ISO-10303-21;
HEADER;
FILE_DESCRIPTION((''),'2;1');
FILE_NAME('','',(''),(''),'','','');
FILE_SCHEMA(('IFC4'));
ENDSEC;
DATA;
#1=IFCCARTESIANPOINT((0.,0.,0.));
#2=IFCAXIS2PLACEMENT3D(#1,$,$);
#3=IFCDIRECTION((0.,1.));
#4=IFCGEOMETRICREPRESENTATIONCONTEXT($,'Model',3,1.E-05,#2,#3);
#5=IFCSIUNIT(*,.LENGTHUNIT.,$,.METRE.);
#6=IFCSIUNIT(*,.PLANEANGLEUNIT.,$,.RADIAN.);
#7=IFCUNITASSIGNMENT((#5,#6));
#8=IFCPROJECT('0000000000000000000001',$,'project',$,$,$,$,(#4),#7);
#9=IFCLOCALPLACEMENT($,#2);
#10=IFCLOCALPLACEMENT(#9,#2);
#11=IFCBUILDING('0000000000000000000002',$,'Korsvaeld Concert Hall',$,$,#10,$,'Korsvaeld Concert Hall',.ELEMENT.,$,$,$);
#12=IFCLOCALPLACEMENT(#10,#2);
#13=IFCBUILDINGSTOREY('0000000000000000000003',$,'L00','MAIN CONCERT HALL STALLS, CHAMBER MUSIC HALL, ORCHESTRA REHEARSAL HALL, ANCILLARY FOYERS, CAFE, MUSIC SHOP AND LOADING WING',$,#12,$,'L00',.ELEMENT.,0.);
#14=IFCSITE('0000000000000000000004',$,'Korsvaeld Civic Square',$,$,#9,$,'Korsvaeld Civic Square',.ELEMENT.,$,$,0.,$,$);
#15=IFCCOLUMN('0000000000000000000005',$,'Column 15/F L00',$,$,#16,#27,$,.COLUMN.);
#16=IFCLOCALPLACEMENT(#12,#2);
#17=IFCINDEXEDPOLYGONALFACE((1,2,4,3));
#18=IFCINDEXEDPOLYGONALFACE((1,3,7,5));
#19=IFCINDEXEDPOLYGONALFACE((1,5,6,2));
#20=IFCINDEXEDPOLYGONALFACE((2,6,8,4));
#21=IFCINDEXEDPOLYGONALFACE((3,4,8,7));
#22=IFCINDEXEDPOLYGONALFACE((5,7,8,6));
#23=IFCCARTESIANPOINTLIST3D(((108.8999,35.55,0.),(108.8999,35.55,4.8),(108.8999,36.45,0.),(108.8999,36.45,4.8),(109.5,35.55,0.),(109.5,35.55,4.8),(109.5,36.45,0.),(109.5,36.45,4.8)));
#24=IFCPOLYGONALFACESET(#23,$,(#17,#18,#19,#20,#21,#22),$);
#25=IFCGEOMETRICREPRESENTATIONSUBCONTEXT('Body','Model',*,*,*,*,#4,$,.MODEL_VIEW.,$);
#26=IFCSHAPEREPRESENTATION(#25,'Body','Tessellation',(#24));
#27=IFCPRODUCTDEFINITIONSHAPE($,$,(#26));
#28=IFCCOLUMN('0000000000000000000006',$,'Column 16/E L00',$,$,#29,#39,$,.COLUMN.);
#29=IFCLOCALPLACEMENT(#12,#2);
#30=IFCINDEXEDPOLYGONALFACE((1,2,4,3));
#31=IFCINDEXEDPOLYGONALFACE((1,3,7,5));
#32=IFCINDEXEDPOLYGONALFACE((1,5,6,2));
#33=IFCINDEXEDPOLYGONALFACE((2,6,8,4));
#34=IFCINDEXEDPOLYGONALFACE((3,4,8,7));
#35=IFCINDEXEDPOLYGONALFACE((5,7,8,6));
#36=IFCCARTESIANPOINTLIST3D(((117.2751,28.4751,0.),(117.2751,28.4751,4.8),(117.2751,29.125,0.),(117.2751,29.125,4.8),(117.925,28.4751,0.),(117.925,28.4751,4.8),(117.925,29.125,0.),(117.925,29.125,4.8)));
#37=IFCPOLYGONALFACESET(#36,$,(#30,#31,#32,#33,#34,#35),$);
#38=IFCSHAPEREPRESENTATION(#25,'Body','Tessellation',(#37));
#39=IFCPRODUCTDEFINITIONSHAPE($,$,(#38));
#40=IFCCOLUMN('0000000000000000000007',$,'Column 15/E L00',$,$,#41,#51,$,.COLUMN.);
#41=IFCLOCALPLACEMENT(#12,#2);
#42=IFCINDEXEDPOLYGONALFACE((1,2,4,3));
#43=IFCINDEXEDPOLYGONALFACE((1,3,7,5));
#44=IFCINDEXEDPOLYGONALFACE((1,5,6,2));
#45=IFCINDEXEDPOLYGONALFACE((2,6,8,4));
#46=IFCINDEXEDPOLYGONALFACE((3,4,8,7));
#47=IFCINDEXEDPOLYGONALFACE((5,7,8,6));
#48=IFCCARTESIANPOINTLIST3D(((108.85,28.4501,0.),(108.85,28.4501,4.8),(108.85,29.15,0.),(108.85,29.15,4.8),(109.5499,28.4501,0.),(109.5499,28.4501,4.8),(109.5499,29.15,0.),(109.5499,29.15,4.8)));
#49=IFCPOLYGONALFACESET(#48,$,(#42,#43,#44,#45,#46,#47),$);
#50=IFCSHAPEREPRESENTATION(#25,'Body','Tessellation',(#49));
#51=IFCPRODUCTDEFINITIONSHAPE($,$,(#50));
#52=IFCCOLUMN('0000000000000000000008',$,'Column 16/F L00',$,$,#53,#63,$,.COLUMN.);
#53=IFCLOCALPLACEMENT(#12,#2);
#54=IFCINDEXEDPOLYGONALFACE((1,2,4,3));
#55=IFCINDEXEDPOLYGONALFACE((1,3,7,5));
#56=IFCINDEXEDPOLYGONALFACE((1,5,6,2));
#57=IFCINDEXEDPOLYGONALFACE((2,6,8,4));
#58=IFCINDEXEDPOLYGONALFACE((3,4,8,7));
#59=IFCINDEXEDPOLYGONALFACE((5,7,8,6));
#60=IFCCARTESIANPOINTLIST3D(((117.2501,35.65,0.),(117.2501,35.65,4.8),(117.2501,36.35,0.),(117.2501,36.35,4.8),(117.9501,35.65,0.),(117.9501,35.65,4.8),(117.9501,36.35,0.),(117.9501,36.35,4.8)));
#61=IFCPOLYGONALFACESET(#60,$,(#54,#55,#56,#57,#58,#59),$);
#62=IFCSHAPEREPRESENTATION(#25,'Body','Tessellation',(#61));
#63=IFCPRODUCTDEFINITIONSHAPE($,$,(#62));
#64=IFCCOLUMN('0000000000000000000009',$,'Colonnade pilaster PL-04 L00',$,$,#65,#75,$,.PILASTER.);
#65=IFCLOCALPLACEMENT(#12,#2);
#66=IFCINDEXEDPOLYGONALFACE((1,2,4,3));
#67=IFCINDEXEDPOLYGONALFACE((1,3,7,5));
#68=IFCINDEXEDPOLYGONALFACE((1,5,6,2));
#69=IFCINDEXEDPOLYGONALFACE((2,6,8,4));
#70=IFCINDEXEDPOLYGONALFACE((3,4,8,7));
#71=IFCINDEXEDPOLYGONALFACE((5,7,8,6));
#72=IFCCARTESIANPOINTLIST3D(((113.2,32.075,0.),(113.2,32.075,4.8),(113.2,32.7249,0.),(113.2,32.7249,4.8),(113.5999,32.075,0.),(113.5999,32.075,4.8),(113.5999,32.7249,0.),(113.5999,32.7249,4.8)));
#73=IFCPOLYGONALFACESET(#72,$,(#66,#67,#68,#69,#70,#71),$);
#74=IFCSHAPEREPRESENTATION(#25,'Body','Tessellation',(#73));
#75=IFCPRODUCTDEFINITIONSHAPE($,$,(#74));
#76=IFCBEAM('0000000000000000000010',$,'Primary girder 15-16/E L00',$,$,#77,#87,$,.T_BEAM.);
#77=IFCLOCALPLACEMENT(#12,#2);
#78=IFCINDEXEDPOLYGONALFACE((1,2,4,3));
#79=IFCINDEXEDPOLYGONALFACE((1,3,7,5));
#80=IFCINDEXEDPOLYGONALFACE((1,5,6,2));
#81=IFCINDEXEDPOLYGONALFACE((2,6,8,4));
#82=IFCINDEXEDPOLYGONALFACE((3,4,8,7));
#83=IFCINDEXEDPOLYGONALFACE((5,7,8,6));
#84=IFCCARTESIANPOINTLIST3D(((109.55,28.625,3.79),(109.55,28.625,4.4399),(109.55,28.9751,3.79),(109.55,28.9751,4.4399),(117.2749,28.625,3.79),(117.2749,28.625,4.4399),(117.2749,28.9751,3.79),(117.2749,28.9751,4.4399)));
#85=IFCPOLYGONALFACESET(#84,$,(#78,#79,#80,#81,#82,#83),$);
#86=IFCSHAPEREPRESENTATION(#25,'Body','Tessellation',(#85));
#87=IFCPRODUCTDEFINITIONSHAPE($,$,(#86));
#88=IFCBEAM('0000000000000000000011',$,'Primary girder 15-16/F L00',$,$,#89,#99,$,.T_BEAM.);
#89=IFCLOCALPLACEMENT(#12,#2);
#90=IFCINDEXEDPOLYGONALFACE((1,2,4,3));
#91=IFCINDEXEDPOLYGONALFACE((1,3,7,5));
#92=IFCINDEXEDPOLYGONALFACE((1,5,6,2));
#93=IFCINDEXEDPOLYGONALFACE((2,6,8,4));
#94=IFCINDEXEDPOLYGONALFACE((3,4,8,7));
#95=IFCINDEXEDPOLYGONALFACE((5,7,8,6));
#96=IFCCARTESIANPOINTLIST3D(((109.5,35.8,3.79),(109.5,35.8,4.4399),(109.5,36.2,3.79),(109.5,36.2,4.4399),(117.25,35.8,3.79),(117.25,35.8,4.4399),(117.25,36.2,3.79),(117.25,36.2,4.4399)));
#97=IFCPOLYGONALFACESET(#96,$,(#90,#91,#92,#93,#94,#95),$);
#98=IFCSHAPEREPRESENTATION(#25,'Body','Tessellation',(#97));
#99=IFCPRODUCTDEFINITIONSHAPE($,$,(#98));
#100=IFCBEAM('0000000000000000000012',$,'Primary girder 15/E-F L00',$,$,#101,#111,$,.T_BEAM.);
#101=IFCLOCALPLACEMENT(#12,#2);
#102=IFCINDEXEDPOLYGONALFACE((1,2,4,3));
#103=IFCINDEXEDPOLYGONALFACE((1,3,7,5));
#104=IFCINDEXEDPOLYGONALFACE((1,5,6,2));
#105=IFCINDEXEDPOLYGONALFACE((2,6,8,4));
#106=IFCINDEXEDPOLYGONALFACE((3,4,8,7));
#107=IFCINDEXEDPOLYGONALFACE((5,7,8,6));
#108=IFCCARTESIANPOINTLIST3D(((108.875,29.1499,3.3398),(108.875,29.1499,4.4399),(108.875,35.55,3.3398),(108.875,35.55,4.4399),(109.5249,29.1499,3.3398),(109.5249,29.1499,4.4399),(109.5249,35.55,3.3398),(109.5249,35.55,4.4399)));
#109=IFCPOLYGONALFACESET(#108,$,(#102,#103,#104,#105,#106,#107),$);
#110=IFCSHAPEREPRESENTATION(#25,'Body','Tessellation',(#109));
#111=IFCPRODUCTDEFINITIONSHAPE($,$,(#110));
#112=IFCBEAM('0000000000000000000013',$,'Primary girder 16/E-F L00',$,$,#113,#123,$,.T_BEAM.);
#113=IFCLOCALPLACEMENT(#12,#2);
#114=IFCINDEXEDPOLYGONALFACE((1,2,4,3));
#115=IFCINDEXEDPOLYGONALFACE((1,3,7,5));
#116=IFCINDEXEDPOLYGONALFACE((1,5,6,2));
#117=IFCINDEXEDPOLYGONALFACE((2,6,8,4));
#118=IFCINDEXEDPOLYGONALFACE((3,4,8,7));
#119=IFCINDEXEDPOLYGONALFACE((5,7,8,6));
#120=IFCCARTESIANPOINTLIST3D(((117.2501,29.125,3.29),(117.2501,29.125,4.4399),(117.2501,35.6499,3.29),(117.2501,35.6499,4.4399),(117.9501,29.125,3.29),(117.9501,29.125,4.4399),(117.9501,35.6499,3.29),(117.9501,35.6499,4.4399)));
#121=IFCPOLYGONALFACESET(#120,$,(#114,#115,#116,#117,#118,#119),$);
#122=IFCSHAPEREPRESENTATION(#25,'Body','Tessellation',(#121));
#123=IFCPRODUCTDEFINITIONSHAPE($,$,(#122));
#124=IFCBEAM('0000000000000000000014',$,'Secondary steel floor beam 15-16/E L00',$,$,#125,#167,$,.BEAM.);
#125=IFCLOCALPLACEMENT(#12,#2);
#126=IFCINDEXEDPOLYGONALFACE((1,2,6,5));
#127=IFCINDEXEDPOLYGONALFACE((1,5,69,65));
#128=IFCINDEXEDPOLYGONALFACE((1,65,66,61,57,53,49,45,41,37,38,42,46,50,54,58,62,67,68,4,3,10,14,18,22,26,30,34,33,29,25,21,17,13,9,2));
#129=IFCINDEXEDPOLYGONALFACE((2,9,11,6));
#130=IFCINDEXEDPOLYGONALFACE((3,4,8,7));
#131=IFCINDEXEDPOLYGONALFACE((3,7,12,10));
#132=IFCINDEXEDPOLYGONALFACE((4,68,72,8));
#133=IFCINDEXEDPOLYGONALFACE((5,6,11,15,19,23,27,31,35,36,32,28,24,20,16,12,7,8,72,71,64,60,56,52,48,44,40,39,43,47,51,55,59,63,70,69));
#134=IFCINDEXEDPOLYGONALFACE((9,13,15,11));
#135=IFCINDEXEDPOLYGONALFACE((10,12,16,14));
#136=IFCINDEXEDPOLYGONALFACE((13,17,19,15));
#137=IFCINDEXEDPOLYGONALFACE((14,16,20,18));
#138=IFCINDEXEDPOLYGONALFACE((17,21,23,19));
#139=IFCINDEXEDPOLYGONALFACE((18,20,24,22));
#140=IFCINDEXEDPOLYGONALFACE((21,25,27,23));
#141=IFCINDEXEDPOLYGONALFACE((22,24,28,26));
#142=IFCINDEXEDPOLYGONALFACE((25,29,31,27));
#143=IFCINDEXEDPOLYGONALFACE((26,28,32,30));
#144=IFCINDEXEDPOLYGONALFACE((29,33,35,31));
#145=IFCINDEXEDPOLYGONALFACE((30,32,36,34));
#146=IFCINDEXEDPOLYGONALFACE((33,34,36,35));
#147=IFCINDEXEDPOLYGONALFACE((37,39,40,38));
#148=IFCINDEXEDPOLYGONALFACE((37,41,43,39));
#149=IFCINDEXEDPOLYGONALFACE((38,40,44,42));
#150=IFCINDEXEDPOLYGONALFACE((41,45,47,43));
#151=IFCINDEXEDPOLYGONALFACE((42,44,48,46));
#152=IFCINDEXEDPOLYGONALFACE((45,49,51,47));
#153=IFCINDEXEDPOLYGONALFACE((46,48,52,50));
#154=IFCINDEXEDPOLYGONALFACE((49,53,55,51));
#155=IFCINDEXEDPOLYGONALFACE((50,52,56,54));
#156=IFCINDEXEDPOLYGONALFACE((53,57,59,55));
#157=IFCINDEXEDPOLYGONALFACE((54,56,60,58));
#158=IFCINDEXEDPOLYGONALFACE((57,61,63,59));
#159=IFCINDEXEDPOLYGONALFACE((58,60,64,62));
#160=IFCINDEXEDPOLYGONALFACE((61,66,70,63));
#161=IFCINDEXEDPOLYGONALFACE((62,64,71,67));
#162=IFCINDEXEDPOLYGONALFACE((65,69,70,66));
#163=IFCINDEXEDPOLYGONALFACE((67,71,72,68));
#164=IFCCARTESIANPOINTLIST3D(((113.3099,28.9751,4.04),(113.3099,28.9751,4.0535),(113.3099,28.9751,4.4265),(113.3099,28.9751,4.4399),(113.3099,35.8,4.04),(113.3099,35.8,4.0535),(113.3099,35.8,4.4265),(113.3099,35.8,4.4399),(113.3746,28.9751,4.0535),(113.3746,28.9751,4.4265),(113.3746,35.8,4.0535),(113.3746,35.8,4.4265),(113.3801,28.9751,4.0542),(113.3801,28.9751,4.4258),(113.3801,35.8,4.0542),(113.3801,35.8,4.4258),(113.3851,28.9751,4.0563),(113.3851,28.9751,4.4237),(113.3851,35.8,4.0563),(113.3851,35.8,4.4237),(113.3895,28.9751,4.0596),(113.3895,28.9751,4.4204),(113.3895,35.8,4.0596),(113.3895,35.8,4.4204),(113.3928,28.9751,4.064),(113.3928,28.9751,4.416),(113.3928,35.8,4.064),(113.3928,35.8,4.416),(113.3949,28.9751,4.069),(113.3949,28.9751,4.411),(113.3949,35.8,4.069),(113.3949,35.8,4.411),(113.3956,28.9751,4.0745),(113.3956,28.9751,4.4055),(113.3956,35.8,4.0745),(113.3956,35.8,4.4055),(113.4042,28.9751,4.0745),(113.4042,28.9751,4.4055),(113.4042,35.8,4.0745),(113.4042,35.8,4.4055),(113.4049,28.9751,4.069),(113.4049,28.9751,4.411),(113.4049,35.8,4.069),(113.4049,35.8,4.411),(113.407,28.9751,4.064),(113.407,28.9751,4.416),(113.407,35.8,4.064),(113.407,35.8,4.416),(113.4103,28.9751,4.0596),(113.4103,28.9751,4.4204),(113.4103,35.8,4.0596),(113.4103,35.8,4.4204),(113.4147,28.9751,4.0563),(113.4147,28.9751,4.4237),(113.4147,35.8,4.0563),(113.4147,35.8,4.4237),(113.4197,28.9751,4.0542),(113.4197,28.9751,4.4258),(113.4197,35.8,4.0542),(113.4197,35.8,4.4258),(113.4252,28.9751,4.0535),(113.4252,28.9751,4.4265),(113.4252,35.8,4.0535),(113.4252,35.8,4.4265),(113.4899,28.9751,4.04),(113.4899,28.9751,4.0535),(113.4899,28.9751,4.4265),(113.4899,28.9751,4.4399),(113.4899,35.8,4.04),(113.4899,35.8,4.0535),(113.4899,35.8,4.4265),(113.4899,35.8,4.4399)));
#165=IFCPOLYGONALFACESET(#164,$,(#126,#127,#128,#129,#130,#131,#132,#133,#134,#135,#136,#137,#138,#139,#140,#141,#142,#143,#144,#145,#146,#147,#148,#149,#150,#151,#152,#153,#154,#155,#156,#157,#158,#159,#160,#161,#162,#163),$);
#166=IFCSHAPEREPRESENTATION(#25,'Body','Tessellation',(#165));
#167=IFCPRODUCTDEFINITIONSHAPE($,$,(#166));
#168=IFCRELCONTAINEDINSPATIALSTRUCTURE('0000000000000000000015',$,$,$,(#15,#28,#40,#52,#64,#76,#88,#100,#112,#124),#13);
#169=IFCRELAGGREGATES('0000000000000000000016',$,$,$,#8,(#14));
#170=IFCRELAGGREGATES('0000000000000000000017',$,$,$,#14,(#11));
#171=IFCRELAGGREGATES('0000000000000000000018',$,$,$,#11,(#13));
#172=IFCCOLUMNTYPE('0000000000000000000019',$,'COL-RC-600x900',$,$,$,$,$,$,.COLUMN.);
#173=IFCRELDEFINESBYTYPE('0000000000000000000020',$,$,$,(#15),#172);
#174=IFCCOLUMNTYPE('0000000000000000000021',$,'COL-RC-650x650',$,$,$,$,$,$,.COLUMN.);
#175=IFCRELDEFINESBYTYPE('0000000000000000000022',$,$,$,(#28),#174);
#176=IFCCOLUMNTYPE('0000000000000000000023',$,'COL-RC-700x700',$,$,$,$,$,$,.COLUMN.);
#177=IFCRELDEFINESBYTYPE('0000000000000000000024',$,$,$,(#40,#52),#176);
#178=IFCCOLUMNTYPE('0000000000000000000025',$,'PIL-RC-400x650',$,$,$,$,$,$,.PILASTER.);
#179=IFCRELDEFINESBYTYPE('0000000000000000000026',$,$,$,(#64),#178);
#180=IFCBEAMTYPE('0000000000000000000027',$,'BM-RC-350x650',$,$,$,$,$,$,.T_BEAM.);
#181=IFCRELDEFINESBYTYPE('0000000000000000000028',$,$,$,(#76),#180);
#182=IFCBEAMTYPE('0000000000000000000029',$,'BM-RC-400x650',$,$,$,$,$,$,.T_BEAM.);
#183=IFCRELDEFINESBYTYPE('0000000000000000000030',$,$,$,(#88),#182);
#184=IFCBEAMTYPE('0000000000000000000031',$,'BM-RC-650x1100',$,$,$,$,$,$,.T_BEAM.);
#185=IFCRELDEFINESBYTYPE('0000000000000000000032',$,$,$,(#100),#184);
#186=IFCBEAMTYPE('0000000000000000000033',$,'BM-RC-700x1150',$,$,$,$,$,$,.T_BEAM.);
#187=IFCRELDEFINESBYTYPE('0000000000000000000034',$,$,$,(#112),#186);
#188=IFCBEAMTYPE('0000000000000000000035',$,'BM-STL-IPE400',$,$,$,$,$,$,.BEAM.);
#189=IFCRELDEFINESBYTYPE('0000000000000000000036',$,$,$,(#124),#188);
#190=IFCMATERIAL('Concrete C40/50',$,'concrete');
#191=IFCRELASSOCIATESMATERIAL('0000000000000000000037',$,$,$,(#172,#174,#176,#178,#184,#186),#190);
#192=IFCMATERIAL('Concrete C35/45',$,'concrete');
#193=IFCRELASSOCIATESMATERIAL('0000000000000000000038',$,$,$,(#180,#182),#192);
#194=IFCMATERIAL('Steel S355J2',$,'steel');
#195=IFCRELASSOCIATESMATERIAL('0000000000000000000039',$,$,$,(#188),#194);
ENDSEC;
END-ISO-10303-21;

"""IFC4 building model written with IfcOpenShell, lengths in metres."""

from ifc_helpers import new_model, si_unit, direction, frame, origin, origin_2d, place, context, subcontext, project, spatial, rectangle, i_section, extrude, material, material_profile, profile_set, type_object, element, save


model = new_model("IFC4")

# Units and contexts
model_context = context("Model", 3, precision=1e-05, world=origin(), true_north=direction((0.0, 1.0)))
body_context = subcontext(model_context, "Body", "Model", "MODEL_VIEW")
ifc_project = project(units=[si_unit("LENGTHUNIT", "METRE"), si_unit("PLANEANGLEUNIT", "RADIAN")], contexts=[model_context])

# Site, building, storey
site_placement = place(None, origin())
site = spatial("IfcSite", under=ifc_project, at=site_placement, Name="Korsvaeld Civic Square", LongName="Korsvaeld Civic Square", CompositionType="ELEMENT", RefElevation=0.0)
building_placement = place(site_placement, origin())
building = spatial("IfcBuilding", under=site, at=building_placement, Name="Korsvaeld Concert Hall", LongName="Korsvaeld Concert Hall", CompositionType="ELEMENT")
storey_placement = place(building_placement, origin())
storey = spatial("IfcBuildingStorey", under=building, at=storey_placement, Name="L00", Description="MAIN CONCERT HALL STALLS, CHAMBER MUSIC HALL, ORCHESTRA REHEARSAL HALL, ANCILLARY FOYERS, CAFE, MUSIC SHOP AND LOADING WING", LongName="L00", CompositionType="ELEMENT", Elevation=0.0)

# Columns
ifc_material_1 = material(Name="Concrete C40/50", Category="concrete")
ifc_material_profile_1 = material_profile(ifc_material_1, rectangle(XDim=0.6001, YDim=0.8999, at=origin_2d()), Name="RC 600x900")
ifc_profile_set_1 = profile_set([ifc_material_profile_1], Name="Concrete C40/50")
column_type_1 = type_object("IfcColumnType", Name="COL-RC-600x900", PredefinedType="COLUMN", material=ifc_profile_set_1)
column_1_placement = place(storey_placement, frame((109.2, 36.0, 0.0), z_axis=(0.0, 0.0, 1.0), x_axis=(1.0, 0.0, 0.0)))
element("IfcColumn", 1, at=column_1_placement, inside=storey, type_object=column_type_1, Name="Column 15/F L00", PredefinedType="COLUMN", context=body_context, shape_type="SweptSolid", body=[
    extrude(rectangle(XDim=0.6001, YDim=0.8999, at=origin_2d()), origin(), (0.0, 0.0, 1.0), 4.8),
])
ifc_material_profile_2 = material_profile(ifc_material_1, rectangle(XDim=0.6499, YDim=0.6499, at=origin_2d()), Name="RC 650x650")
ifc_profile_set_2 = profile_set([ifc_material_profile_2], Name="Concrete C40/50")
column_type_2 = type_object("IfcColumnType", Name="COL-RC-650x650", PredefinedType="COLUMN", material=ifc_profile_set_2)
column_2_placement = place(storey_placement, frame((117.6001, 28.8, 0.0), z_axis=(0.0, 0.0, 1.0), x_axis=(1.0, 0.0, 0.0)))
element("IfcColumn", 2, at=column_2_placement, inside=storey, type_object=column_type_2, Name="Column 16/E L00", PredefinedType="COLUMN", context=body_context, shape_type="SweptSolid", body=[
    extrude(rectangle(XDim=0.6499, YDim=0.6499, at=origin_2d()), origin(), (0.0, 0.0, 1.0), 4.8),
])
ifc_material_profile_3 = material_profile(ifc_material_1, rectangle(XDim=0.7, YDim=0.7, at=origin_2d()), Name="RC 700x700")
ifc_profile_set_3 = profile_set([ifc_material_profile_3], Name="Concrete C40/50")
column_type_3 = type_object("IfcColumnType", Name="COL-RC-700x700", PredefinedType="COLUMN", material=ifc_profile_set_3)
for number, where, z_axis, x_axis, name in (
    (3, (109.2, 28.8, 0.0), (0.0, 0.0, 1.0), (1.0, 0.0, 0.0), "Column 15/E L00"),
    (4, (117.6001, 36.0, 0.0), (0.0, 0.0, 1.0), (1.0, 0.0, 0.0), "Column 16/F L00"),
):
    element("IfcColumn", number, at=place(storey_placement, frame(where, z_axis=z_axis, x_axis=x_axis)), inside=storey, type_object=column_type_3, Name=name, PredefinedType="COLUMN", context=body_context, shape_type="SweptSolid", body=[
        extrude(rectangle(XDim=0.7, YDim=0.7, at=origin_2d()), origin(), (0.0, 0.0, 1.0), 4.8),
    ])
ifc_material_profile_4 = material_profile(ifc_material_1, rectangle(XDim=0.3999, YDim=0.6499, at=origin_2d()), Name="RC 400x650")
ifc_profile_set_4 = profile_set([ifc_material_profile_4], Name="Concrete C40/50")
column_type_4 = type_object("IfcColumnType", Name="PIL-RC-400x650", PredefinedType="PILASTER", material=ifc_profile_set_4)
column_3_placement = place(storey_placement, frame((113.3999, 32.3999, 0.0), z_axis=(0.0, 0.0, 1.0), x_axis=(1.0, 0.0, 0.0)))
element("IfcColumn", 5, at=column_3_placement, inside=storey, type_object=column_type_4, Name="Colonnade pilaster PL-04 L00", PredefinedType="PILASTER", context=body_context, shape_type="SweptSolid", body=[
    extrude(rectangle(XDim=0.3999, YDim=0.6499, at=origin_2d()), origin(), (0.0, 0.0, 1.0), 4.8),
])

# Beams
ifc_material_2 = material(Name="Concrete C35/45", Category="concrete")
ifc_material_profile_5 = material_profile(ifc_material_2, rectangle(XDim=0.3501, YDim=0.6499, at=origin_2d()), Name="RC 350x650")
ifc_profile_set_5 = profile_set([ifc_material_profile_5], Name="Concrete C35/45")
beam_type_1 = type_object("IfcBeamType", Name="BM-RC-350x650", PredefinedType="T_BEAM", material=ifc_profile_set_5)
beam_1_placement = place(storey_placement, frame((109.55, 28.8, 4.115), z_axis=(1.0, 0.0, 0.0), x_axis=(0.0, 1.0, 0.0)))
element("IfcBeam", 6, at=beam_1_placement, inside=storey, type_object=beam_type_1, Name="Primary girder 15-16/E L00", PredefinedType="T_BEAM", context=body_context, shape_type="SweptSolid", body=[
    extrude(rectangle(XDim=0.3501, YDim=0.6499, at=origin_2d()), origin(), (0.0, 0.0, 1.0), 7.7249),
])
ifc_material_profile_6 = material_profile(ifc_material_2, rectangle(XDim=0.3999, YDim=0.6499, at=origin_2d()), Name="RC 400x650")
ifc_profile_set_6 = profile_set([ifc_material_profile_6], Name="Concrete C35/45")
beam_type_2 = type_object("IfcBeamType", Name="BM-RC-400x650", PredefinedType="T_BEAM", material=ifc_profile_set_6)
beam_2_placement = place(storey_placement, frame((109.5, 36.0, 4.115), z_axis=(1.0, 0.0, 0.0), x_axis=(0.0, 1.0, 0.0)))
element("IfcBeam", 7, at=beam_2_placement, inside=storey, type_object=beam_type_2, Name="Primary girder 15-16/F L00", PredefinedType="T_BEAM", context=body_context, shape_type="SweptSolid", body=[
    extrude(rectangle(XDim=0.3999, YDim=0.6499, at=origin_2d()), origin(), (0.0, 0.0, 1.0), 7.75),
])
ifc_material_profile_7 = material_profile(ifc_material_1, rectangle(XDim=0.6499, YDim=1.1001, at=origin_2d()), Name="RC 650x1100")
ifc_profile_set_7 = profile_set([ifc_material_profile_7], Name="Concrete C40/50")
beam_type_3 = type_object("IfcBeamType", Name="BM-RC-650x1100", PredefinedType="T_BEAM", material=ifc_profile_set_7)
beam_3_placement = place(storey_placement, frame((109.2, 29.1499, 3.8899), z_axis=(0.0, 1.0, 0.0), x_axis=(-1.0, 0.0, 0.0)))
element("IfcBeam", 8, at=beam_3_placement, inside=storey, type_object=beam_type_3, Name="Primary girder 15/E-F L00", PredefinedType="T_BEAM", context=body_context, shape_type="SweptSolid", body=[
    extrude(rectangle(XDim=0.6499, YDim=1.1001, at=origin_2d()), origin(), (0.0, 0.0, 1.0), 6.4001),
])
ifc_material_profile_8 = material_profile(ifc_material_1, rectangle(XDim=0.7, YDim=1.1499, at=origin_2d()), Name="RC 700x1150")
ifc_profile_set_8 = profile_set([ifc_material_profile_8], Name="Concrete C40/50")
beam_type_4 = type_object("IfcBeamType", Name="BM-RC-700x1150", PredefinedType="T_BEAM", material=ifc_profile_set_8)
beam_4_placement = place(storey_placement, frame((117.6001, 29.125, 3.865), z_axis=(0.0, 1.0, 0.0), x_axis=(-1.0, 0.0, 0.0)))
element("IfcBeam", 9, at=beam_4_placement, inside=storey, type_object=beam_type_4, Name="Primary girder 16/E-F L00", PredefinedType="T_BEAM", context=body_context, shape_type="SweptSolid", body=[
    extrude(rectangle(XDim=0.7, YDim=1.1499, at=origin_2d()), origin(), (0.0, 0.0, 1.0), 6.5249),
])
ifc_material_3 = material(Name="Steel S355J2", Category="steel")
ifc_material_profile_9 = material_profile(ifc_material_3, i_section(OverallWidth=0.1799, OverallDepth=0.3999, WebThickness=0.0085, FlangeThickness=0.0134, FilletRadius=0.021, at=origin_2d()), Name="IPE 400")
ifc_profile_set_9 = profile_set([ifc_material_profile_9], Name="Steel S355J2")
beam_type_5 = type_object("IfcBeamType", Name="BM-STL-IPE400", PredefinedType="BEAM", material=ifc_profile_set_9)
beam_5_placement = place(storey_placement, frame((113.3999, 28.9751, 4.24), z_axis=(0.0, 1.0, 0.0), x_axis=(-1.0, 0.0, 0.0)))
element("IfcBeam", 10, at=beam_5_placement, inside=storey, type_object=beam_type_5, Name="Secondary steel floor beam 15-16/E L00", PredefinedType="BEAM", context=body_context, shape_type="SweptSolid", body=[
    extrude(i_section(OverallWidth=0.1799, OverallDepth=0.3999, WebThickness=0.0085, FlangeThickness=0.0134, FilletRadius=0.021, at=origin_2d()), origin(), (0.0, 0.0, 1.0), 6.825),
])

save(model, "model.ifc")
